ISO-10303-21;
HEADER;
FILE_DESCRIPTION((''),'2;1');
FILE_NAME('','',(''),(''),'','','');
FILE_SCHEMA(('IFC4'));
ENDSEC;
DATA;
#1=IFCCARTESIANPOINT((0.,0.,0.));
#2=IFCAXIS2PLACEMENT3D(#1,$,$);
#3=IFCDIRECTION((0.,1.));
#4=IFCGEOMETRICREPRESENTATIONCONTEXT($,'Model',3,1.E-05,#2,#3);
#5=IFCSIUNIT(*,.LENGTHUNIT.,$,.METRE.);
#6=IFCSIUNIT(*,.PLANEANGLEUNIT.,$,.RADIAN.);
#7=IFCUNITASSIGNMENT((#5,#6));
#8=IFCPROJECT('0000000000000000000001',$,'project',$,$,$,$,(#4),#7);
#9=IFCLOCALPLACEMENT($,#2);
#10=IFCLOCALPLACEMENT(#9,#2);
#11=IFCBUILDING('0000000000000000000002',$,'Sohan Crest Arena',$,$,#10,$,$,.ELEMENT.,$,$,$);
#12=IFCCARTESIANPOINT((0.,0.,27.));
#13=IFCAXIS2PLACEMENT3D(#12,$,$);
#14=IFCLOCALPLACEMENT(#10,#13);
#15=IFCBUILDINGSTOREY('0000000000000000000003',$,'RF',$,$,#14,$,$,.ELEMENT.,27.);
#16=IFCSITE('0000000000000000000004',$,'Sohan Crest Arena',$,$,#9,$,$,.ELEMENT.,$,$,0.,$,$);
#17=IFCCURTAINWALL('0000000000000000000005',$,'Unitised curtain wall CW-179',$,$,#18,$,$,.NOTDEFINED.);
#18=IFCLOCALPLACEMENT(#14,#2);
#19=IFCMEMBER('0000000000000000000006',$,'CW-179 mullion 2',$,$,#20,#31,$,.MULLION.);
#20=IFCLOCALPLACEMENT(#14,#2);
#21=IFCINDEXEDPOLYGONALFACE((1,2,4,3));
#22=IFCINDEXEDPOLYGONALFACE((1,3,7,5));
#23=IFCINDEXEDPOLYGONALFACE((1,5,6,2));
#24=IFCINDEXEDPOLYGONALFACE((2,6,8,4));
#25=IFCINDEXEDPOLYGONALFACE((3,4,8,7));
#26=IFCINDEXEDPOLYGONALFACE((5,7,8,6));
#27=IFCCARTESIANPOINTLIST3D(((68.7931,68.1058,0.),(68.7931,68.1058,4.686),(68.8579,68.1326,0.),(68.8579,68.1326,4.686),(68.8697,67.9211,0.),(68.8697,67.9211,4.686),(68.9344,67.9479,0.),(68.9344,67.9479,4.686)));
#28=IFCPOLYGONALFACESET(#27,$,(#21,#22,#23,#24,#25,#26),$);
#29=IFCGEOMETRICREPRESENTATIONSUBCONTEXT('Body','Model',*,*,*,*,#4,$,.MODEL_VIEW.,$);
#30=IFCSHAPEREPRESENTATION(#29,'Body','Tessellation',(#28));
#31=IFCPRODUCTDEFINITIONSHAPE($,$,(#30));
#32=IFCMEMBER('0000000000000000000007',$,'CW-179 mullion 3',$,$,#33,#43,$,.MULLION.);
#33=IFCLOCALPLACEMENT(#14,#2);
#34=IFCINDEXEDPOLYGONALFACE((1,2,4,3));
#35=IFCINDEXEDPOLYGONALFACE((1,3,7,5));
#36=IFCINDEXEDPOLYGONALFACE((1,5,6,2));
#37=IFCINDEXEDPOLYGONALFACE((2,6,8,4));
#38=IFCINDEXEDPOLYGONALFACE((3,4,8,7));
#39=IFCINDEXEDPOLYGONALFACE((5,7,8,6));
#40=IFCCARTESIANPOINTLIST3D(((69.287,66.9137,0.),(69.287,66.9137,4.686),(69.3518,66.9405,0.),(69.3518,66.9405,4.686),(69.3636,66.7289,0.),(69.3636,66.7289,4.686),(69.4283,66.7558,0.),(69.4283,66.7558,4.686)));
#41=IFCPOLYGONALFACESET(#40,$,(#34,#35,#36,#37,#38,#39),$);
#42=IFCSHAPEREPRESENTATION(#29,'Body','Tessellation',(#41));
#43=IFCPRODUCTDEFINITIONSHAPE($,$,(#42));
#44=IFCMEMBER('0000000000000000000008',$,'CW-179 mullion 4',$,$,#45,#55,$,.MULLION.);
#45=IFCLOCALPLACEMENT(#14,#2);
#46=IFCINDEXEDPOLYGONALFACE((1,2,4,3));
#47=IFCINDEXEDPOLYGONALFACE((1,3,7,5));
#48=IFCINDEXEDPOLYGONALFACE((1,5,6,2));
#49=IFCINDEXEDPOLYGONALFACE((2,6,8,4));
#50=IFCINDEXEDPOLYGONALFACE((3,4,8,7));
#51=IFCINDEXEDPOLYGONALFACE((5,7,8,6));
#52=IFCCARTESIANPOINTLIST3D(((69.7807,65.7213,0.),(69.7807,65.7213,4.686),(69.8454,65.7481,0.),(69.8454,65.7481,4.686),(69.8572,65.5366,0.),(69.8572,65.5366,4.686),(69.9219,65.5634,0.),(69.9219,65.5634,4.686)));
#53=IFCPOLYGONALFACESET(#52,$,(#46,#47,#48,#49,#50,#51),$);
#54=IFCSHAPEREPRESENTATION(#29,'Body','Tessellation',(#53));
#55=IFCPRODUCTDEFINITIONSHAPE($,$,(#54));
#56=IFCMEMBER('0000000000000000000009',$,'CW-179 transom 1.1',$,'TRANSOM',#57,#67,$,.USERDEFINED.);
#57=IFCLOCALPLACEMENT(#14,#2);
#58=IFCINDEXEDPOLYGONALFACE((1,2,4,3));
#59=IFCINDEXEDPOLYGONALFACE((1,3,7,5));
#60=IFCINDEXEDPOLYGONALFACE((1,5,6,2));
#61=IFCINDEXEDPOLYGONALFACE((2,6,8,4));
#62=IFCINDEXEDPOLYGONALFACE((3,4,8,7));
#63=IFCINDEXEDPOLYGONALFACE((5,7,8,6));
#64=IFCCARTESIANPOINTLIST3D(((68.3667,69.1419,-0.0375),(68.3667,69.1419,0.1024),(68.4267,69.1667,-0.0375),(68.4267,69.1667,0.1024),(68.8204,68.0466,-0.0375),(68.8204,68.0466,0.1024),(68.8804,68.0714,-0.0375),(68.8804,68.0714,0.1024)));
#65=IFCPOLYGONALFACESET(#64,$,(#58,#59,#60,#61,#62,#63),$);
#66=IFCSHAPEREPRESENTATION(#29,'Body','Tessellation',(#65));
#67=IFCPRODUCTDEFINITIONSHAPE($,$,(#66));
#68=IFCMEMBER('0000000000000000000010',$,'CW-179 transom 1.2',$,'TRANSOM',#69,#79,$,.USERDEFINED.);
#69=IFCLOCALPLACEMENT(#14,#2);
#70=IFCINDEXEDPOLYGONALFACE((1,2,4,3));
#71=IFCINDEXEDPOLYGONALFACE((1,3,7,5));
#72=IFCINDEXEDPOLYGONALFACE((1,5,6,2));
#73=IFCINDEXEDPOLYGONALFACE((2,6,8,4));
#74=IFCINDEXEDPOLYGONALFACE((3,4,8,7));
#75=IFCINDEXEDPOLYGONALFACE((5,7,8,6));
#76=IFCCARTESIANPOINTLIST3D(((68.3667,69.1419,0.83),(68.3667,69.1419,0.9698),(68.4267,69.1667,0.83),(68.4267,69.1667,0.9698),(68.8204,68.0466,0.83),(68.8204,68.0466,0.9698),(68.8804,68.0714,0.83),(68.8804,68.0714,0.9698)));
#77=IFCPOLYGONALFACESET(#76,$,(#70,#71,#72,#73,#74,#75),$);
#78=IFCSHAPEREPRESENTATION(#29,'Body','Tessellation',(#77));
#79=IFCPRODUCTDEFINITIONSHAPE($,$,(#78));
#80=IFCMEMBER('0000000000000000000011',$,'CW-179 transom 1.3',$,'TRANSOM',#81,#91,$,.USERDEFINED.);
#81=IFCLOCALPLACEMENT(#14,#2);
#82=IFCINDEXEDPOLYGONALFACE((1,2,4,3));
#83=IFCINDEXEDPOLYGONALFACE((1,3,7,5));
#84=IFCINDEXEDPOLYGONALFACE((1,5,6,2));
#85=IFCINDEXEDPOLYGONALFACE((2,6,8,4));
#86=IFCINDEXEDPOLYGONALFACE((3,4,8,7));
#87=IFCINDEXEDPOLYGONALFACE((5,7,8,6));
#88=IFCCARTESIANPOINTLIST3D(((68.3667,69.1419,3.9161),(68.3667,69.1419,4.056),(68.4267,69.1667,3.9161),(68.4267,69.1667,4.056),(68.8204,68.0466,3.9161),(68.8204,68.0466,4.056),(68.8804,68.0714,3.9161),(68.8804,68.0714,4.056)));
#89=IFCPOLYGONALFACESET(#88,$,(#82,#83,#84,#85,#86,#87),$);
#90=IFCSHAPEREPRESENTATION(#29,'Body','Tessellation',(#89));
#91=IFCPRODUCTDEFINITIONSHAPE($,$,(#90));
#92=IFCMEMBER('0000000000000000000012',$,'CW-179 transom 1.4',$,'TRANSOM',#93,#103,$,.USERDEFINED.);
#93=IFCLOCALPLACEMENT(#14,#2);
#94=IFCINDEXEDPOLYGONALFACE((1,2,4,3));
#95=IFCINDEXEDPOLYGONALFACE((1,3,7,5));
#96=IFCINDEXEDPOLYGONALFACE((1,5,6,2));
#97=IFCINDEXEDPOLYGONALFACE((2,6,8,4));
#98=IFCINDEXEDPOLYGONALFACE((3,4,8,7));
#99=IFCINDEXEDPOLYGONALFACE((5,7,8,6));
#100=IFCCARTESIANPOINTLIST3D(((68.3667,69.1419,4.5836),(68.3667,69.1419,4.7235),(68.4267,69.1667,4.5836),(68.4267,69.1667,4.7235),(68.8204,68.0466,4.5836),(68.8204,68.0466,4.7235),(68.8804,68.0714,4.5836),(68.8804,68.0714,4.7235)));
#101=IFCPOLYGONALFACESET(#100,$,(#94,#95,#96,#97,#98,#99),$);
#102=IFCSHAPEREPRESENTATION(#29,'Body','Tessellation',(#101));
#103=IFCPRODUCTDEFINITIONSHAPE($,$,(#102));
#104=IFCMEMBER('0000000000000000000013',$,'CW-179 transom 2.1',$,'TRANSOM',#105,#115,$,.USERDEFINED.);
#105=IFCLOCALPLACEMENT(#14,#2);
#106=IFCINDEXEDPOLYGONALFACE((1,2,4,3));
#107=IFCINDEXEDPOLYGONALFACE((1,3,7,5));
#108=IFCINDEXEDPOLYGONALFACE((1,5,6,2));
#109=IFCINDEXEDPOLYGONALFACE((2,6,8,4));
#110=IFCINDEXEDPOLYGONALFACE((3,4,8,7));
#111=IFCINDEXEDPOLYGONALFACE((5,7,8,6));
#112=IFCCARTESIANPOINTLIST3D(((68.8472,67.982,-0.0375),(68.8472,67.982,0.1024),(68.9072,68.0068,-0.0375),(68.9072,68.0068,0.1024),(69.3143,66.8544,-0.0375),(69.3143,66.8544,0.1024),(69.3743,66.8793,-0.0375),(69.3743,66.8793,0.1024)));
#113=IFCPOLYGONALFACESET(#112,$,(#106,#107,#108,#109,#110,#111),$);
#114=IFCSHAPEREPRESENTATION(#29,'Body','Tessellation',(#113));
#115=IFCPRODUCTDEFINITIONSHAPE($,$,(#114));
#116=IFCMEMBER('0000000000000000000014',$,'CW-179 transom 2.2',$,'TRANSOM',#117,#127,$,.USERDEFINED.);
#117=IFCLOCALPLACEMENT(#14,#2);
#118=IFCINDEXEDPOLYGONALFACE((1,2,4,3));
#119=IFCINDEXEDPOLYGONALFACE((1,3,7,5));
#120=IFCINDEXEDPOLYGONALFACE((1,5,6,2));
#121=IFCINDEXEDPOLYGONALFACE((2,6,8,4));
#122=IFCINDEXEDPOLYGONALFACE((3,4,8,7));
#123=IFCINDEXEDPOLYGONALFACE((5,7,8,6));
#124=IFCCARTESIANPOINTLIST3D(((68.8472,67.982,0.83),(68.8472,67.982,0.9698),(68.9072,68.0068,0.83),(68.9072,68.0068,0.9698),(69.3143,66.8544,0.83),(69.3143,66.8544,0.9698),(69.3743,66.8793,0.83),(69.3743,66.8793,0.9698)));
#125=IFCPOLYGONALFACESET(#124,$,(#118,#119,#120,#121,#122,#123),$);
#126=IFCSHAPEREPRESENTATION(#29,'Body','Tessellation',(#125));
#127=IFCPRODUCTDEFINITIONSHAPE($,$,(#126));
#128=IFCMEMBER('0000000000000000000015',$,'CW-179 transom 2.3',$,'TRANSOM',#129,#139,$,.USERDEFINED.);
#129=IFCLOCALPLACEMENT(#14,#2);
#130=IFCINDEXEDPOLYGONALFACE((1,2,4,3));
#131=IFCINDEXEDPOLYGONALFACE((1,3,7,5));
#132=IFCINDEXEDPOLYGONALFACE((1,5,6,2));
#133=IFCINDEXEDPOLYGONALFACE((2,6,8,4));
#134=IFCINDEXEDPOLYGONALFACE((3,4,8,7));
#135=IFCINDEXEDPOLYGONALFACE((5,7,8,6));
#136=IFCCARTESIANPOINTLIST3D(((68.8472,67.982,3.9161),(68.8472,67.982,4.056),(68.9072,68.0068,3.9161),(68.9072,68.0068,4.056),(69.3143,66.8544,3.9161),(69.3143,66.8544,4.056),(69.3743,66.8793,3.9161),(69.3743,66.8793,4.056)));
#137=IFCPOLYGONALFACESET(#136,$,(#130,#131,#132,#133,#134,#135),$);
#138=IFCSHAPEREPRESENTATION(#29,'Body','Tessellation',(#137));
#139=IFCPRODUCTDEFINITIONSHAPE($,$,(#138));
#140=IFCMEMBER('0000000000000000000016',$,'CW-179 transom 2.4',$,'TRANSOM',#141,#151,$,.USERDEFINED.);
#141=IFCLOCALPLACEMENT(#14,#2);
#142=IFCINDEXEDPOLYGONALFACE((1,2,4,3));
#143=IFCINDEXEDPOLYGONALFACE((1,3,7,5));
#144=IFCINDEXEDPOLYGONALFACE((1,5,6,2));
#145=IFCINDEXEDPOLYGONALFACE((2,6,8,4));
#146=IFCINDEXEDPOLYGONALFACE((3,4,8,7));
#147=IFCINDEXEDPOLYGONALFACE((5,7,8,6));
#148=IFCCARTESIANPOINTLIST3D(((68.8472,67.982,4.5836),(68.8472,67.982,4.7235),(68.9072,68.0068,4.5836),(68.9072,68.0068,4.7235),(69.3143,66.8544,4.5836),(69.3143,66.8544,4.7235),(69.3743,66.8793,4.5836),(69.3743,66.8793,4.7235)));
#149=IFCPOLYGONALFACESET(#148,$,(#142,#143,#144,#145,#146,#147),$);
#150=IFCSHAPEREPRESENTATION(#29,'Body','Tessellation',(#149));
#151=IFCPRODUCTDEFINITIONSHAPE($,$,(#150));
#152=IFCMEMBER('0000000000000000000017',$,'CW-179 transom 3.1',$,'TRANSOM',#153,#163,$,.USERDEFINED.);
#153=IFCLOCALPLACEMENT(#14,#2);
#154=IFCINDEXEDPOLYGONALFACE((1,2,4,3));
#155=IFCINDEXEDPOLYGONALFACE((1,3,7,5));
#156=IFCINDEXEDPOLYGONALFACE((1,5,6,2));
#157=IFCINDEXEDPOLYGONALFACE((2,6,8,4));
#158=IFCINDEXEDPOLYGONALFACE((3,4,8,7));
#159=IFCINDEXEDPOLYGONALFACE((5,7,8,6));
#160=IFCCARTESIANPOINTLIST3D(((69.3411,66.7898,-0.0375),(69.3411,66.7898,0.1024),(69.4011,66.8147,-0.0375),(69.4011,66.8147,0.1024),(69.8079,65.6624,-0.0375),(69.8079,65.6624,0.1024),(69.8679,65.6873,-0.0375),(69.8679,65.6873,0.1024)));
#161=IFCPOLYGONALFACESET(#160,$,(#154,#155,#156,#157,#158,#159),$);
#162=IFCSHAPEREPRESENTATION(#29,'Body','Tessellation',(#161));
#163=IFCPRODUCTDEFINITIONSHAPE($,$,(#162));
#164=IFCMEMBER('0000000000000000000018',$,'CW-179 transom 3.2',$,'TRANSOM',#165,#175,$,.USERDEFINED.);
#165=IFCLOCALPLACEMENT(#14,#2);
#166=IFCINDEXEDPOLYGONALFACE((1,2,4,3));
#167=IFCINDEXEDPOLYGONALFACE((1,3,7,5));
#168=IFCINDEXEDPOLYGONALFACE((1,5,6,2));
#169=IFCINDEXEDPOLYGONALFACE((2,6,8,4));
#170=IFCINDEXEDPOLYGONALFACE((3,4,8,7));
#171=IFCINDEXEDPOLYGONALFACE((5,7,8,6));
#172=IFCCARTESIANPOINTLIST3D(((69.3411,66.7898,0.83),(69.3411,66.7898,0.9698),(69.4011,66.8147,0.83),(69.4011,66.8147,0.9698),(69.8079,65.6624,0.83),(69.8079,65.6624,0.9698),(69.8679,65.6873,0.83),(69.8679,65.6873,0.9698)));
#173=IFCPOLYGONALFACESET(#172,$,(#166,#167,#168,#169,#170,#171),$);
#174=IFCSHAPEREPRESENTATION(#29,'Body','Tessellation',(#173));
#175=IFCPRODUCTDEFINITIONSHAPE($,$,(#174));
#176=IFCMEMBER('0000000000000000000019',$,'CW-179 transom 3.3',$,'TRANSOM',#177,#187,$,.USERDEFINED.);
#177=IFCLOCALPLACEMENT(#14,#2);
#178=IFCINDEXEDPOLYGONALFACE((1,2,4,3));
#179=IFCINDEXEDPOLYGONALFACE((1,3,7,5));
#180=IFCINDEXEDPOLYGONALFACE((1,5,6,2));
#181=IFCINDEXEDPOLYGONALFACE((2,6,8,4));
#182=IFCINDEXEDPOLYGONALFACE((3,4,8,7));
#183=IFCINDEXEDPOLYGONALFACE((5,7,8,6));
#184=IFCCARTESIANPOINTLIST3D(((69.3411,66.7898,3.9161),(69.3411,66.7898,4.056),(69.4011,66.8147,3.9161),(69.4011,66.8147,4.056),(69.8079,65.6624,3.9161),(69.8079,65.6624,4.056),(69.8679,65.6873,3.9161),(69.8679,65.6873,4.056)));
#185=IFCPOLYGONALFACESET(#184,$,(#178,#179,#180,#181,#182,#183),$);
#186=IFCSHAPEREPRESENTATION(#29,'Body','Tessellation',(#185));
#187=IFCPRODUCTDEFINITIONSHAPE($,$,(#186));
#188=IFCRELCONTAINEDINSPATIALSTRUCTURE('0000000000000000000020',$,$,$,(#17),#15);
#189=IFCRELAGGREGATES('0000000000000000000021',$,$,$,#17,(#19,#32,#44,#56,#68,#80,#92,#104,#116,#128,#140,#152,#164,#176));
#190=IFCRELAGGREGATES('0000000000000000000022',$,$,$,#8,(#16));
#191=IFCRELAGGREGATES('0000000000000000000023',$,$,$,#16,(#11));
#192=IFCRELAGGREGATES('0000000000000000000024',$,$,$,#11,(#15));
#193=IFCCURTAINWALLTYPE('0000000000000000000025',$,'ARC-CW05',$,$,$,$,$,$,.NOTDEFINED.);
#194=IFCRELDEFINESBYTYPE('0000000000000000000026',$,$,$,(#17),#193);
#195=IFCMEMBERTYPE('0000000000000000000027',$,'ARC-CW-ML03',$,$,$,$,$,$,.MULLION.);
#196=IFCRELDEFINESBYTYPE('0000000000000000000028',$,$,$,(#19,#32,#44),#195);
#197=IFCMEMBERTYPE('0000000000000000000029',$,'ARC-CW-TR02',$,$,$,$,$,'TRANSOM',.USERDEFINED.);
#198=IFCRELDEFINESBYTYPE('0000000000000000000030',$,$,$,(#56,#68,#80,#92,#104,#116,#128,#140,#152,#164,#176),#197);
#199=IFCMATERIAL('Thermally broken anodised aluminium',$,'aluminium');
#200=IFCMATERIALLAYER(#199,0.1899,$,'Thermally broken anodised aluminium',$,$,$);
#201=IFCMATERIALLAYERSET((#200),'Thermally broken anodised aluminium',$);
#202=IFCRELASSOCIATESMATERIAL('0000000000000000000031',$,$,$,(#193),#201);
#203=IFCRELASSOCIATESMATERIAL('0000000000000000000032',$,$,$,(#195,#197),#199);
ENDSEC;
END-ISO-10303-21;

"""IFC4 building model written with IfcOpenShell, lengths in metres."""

from ifc_helpers import new_model, si_unit, direction, frame, origin, origin_2d, place, context, subcontext, project, spatial, rectangle, extrude, material, layer, layer_set, material_profile, profile_set, type_object, element, aggregate, save


model = new_model("IFC4")

# Units and contexts
model_context = context("Model", 3, precision=1e-05, world=origin(), true_north=direction((0.0, 1.0)))
body_context = subcontext(model_context, "Body", "Model", "MODEL_VIEW")
ifc_project = project(units=[si_unit("LENGTHUNIT", "METRE"), si_unit("PLANEANGLEUNIT", "RADIAN")], contexts=[model_context])

# Site, building, storey
site_placement = place(None, origin())
site = spatial("IfcSite", under=ifc_project, at=site_placement, Name="Sohan Crest Arena", CompositionType="ELEMENT", RefElevation=0.0)
building_placement = place(site_placement, origin())
building = spatial("IfcBuilding", under=site, at=building_placement, Name="Sohan Crest Arena", CompositionType="ELEMENT")
storey_placement = place(building_placement, frame((0.0, 0.0, 27.0)))
storey = spatial("IfcBuildingStorey", under=building, at=storey_placement, Name="RF", CompositionType="ELEMENT", Elevation=27.0)

# Curtain wall, members
ifc_material_1 = material(Name="Thermally broken anodised aluminium", Category="aluminium")
ifc_layer_1 = layer(ifc_material_1, 0.1899, Name="Thermally broken anodised aluminium")
ifc_layer_set_1 = layer_set([ifc_layer_1], Name="Thermally broken anodised aluminium")
curtain_wall_type = type_object("IfcCurtainWallType", Name="ARC-CW05", PredefinedType="NOTDEFINED", material=ifc_layer_set_1)
curtain_wall_placement = place(storey_placement, origin())
curtain_wall = element("IfcCurtainWall", 1, at=curtain_wall_placement, inside=storey, type_object=curtain_wall_type, Name="Unitised curtain wall CW-179", PredefinedType="NOTDEFINED")
ifc_material_profile_1 = material_profile(ifc_material_1, rectangle(XDim=0.0701, YDim=0.2, at=origin_2d()), Name="ALU-MULL 70x200")
ifc_profile_set_1 = profile_set([ifc_material_profile_1], Name="Thermally broken anodised aluminium")
member_type_1 = type_object("IfcMemberType", Name="ARC-CW-ML03", PredefinedType="MULLION", material=ifc_profile_set_1)
member_1_placement = place(storey_placement, frame((68.8638, 68.0269, 0.0), z_axis=(0.0, 0.0, 1.0), x_axis=(0.923886, 0.382667, 0.0)))
member_1 = element("IfcMember", 2, at=member_1_placement, type_object=member_type_1, Name="CW-179 mullion 2", PredefinedType="MULLION", context=body_context, shape_type="SweptSolid", body=[
    extrude(rectangle(XDim=0.0701, YDim=0.2, at=origin_2d()), origin(), (0.0, 0.0, 1.0), 4.686),
])
member_2_placement = place(storey_placement, frame((69.3577, 66.8347, 0.0), z_axis=(0.0, 0.0, 1.0), x_axis=(0.923886, 0.382667, 0.0)))
member_2 = element("IfcMember", 3, at=member_2_placement, type_object=member_type_1, Name="CW-179 mullion 3", PredefinedType="MULLION", context=body_context, shape_type="SweptSolid", body=[
    extrude(rectangle(XDim=0.0701, YDim=0.2, at=origin_2d()), origin(), (0.0, 0.0, 1.0), 4.686),
])
member_3_placement = place(storey_placement, frame((69.8513, 65.6423, 0.0), z_axis=(0.0, 0.0, 1.0), x_axis=(0.923886, 0.382667, 0.0)))
member_3 = element("IfcMember", 4, at=member_3_placement, type_object=member_type_1, Name="CW-179 mullion 4", PredefinedType="MULLION", context=body_context, shape_type="SweptSolid", body=[
    extrude(rectangle(XDim=0.0701, YDim=0.2, at=origin_2d()), origin(), (0.0, 0.0, 1.0), 4.686),
])
ifc_material_profile_2 = material_profile(ifc_material_1, rectangle(XDim=0.0649, YDim=0.1399, at=origin_2d()), Name="ALU-TRAN 65x140")
ifc_profile_set_2 = profile_set([ifc_material_profile_2], Name="Thermally broken anodised aluminium")
member_type_2 = type_object("IfcMemberType", Name="ARC-CW-TR02", ElementType="TRANSOM", PredefinedType="USERDEFINED", material=ifc_profile_set_2)
member_4_placement = place(storey_placement, frame((68.3967, 69.1543, 0.0325), z_axis=(0.382655, -0.923891, 0.0), x_axis=(0.923891, 0.382655, 0.0)))
member_4 = element("IfcMember", 5, at=member_4_placement, type_object=member_type_2, Name="CW-179 transom 1.1", ObjectType="TRANSOM", PredefinedType="USERDEFINED", context=body_context, shape_type="SweptSolid", body=[
    extrude(rectangle(XDim=0.0649, YDim=0.1399, at=origin_2d()), origin(), (0.0, 0.0, 1.0), 1.1855),
])
member_5_placement = place(storey_placement, frame((68.3967, 69.1543, 0.8999), z_axis=(0.382655, -0.923891, 0.0), x_axis=(0.923891, 0.382655, 0.0)))
member_5 = element("IfcMember", 6, at=member_5_placement, type_object=member_type_2, Name="CW-179 transom 1.2", ObjectType="TRANSOM", PredefinedType="USERDEFINED", context=body_context, shape_type="SweptSolid", body=[
    extrude(rectangle(XDim=0.0649, YDim=0.1399, at=origin_2d()), origin(), (0.0, 0.0, 1.0), 1.1855),
])
member_6_placement = place(storey_placement, frame((68.3967, 69.1543, 3.9861), z_axis=(0.382655, -0.923891, 0.0), x_axis=(0.923891, 0.382655, 0.0)))
member_6 = element("IfcMember", 7, at=member_6_placement, type_object=member_type_2, Name="CW-179 transom 1.3", ObjectType="TRANSOM", PredefinedType="USERDEFINED", context=body_context, shape_type="SweptSolid", body=[
    extrude(rectangle(XDim=0.0649, YDim=0.1399, at=origin_2d()), origin(), (0.0, 0.0, 1.0), 1.1855),
])
member_7_placement = place(storey_placement, frame((68.3967, 69.1543, 4.6536), z_axis=(0.382655, -0.923891, 0.0), x_axis=(0.923891, 0.382655, 0.0)))
member_7 = element("IfcMember", 8, at=member_7_placement, type_object=member_type_2, Name="CW-179 transom 1.4", ObjectType="TRANSOM", PredefinedType="USERDEFINED", context=body_context, shape_type="SweptSolid", body=[
    extrude(rectangle(XDim=0.0649, YDim=0.1399, at=origin_2d()), origin(), (0.0, 0.0, 1.0), 1.1855),
])
member_8_placement = place(storey_placement, frame((68.8772, 67.9944, 0.0325), z_axis=(0.382711, -0.923868, 0.0), x_axis=(0.923868, 0.382711, 0.0)))
member_8 = element("IfcMember", 9, at=member_8_placement, type_object=member_type_2, Name="CW-179 transom 2.1", ObjectType="TRANSOM", PredefinedType="USERDEFINED", context=body_context, shape_type="SweptSolid", body=[
    extrude(rectangle(XDim=0.0649, YDim=0.1399, at=origin_2d()), origin(), (0.0, 0.0, 1.0), 1.2205),
])
member_9_placement = place(storey_placement, frame((68.8772, 67.9944, 0.8999), z_axis=(0.382711, -0.923868, 0.0), x_axis=(0.923868, 0.382711, 0.0)))
member_9 = element("IfcMember", 10, at=member_9_placement, type_object=member_type_2, Name="CW-179 transom 2.2", ObjectType="TRANSOM", PredefinedType="USERDEFINED", context=body_context, shape_type="SweptSolid", body=[
    extrude(rectangle(XDim=0.0649, YDim=0.1399, at=origin_2d()), origin(), (0.0, 0.0, 1.0), 1.2205),
])
member_10_placement = place(storey_placement, frame((68.8772, 67.9944, 3.9861), z_axis=(0.382711, -0.923868, 0.0), x_axis=(0.923868, 0.382711, 0.0)))
member_10 = element("IfcMember", 11, at=member_10_placement, type_object=member_type_2, Name="CW-179 transom 2.3", ObjectType="TRANSOM", PredefinedType="USERDEFINED", context=body_context, shape_type="SweptSolid", body=[
    extrude(rectangle(XDim=0.0649, YDim=0.1399, at=origin_2d()), origin(), (0.0, 0.0, 1.0), 1.2205),
])
member_11_placement = place(storey_placement, frame((68.8772, 67.9944, 4.6536), z_axis=(0.382711, -0.923868, 0.0), x_axis=(0.923868, 0.382711, 0.0)))
member_11 = element("IfcMember", 12, at=member_11_placement, type_object=member_type_2, Name="CW-179 transom 2.4", ObjectType="TRANSOM", PredefinedType="USERDEFINED", context=body_context, shape_type="SweptSolid", body=[
    extrude(rectangle(XDim=0.0649, YDim=0.1399, at=origin_2d()), origin(), (0.0, 0.0, 1.0), 1.2205),
])
member_12_placement = place(storey_placement, frame((69.3711, 66.8022, 0.0325), z_axis=(0.38254, -0.923939, 0.0), x_axis=(0.923939, 0.38254, 0.0)))
member_12 = element("IfcMember", 13, at=member_12_placement, type_object=member_type_2, Name="CW-179 transom 3.1", ObjectType="TRANSOM", PredefinedType="USERDEFINED", context=body_context, shape_type="SweptSolid", body=[
    extrude(rectangle(XDim=0.0649, YDim=0.1399, at=origin_2d()), origin(), (0.0, 0.0, 1.0), 1.2202),
])
member_13_placement = place(storey_placement, frame((69.3711, 66.8022, 0.8999), z_axis=(0.38254, -0.923939, 0.0), x_axis=(0.923939, 0.38254, 0.0)))
member_13 = element("IfcMember", 14, at=member_13_placement, type_object=member_type_2, Name="CW-179 transom 3.2", ObjectType="TRANSOM", PredefinedType="USERDEFINED", context=body_context, shape_type="SweptSolid", body=[
    extrude(rectangle(XDim=0.0649, YDim=0.1399, at=origin_2d()), origin(), (0.0, 0.0, 1.0), 1.2202),
])
member_14_placement = place(storey_placement, frame((69.3711, 66.8022, 3.9861), z_axis=(0.38254, -0.923939, 0.0), x_axis=(0.923939, 0.38254, 0.0)))
member_14 = element("IfcMember", 15, at=member_14_placement, type_object=member_type_2, Name="CW-179 transom 3.3", ObjectType="TRANSOM", PredefinedType="USERDEFINED", context=body_context, shape_type="SweptSolid", body=[
    extrude(rectangle(XDim=0.0649, YDim=0.1399, at=origin_2d()), origin(), (0.0, 0.0, 1.0), 1.2202),
])
aggregate(curtain_wall, [member_1, member_2, member_3, member_4, member_5, member_6, member_7, member_8, member_9, member_10, member_11, member_12, member_13, member_14])

save(model, "model.ifc")
